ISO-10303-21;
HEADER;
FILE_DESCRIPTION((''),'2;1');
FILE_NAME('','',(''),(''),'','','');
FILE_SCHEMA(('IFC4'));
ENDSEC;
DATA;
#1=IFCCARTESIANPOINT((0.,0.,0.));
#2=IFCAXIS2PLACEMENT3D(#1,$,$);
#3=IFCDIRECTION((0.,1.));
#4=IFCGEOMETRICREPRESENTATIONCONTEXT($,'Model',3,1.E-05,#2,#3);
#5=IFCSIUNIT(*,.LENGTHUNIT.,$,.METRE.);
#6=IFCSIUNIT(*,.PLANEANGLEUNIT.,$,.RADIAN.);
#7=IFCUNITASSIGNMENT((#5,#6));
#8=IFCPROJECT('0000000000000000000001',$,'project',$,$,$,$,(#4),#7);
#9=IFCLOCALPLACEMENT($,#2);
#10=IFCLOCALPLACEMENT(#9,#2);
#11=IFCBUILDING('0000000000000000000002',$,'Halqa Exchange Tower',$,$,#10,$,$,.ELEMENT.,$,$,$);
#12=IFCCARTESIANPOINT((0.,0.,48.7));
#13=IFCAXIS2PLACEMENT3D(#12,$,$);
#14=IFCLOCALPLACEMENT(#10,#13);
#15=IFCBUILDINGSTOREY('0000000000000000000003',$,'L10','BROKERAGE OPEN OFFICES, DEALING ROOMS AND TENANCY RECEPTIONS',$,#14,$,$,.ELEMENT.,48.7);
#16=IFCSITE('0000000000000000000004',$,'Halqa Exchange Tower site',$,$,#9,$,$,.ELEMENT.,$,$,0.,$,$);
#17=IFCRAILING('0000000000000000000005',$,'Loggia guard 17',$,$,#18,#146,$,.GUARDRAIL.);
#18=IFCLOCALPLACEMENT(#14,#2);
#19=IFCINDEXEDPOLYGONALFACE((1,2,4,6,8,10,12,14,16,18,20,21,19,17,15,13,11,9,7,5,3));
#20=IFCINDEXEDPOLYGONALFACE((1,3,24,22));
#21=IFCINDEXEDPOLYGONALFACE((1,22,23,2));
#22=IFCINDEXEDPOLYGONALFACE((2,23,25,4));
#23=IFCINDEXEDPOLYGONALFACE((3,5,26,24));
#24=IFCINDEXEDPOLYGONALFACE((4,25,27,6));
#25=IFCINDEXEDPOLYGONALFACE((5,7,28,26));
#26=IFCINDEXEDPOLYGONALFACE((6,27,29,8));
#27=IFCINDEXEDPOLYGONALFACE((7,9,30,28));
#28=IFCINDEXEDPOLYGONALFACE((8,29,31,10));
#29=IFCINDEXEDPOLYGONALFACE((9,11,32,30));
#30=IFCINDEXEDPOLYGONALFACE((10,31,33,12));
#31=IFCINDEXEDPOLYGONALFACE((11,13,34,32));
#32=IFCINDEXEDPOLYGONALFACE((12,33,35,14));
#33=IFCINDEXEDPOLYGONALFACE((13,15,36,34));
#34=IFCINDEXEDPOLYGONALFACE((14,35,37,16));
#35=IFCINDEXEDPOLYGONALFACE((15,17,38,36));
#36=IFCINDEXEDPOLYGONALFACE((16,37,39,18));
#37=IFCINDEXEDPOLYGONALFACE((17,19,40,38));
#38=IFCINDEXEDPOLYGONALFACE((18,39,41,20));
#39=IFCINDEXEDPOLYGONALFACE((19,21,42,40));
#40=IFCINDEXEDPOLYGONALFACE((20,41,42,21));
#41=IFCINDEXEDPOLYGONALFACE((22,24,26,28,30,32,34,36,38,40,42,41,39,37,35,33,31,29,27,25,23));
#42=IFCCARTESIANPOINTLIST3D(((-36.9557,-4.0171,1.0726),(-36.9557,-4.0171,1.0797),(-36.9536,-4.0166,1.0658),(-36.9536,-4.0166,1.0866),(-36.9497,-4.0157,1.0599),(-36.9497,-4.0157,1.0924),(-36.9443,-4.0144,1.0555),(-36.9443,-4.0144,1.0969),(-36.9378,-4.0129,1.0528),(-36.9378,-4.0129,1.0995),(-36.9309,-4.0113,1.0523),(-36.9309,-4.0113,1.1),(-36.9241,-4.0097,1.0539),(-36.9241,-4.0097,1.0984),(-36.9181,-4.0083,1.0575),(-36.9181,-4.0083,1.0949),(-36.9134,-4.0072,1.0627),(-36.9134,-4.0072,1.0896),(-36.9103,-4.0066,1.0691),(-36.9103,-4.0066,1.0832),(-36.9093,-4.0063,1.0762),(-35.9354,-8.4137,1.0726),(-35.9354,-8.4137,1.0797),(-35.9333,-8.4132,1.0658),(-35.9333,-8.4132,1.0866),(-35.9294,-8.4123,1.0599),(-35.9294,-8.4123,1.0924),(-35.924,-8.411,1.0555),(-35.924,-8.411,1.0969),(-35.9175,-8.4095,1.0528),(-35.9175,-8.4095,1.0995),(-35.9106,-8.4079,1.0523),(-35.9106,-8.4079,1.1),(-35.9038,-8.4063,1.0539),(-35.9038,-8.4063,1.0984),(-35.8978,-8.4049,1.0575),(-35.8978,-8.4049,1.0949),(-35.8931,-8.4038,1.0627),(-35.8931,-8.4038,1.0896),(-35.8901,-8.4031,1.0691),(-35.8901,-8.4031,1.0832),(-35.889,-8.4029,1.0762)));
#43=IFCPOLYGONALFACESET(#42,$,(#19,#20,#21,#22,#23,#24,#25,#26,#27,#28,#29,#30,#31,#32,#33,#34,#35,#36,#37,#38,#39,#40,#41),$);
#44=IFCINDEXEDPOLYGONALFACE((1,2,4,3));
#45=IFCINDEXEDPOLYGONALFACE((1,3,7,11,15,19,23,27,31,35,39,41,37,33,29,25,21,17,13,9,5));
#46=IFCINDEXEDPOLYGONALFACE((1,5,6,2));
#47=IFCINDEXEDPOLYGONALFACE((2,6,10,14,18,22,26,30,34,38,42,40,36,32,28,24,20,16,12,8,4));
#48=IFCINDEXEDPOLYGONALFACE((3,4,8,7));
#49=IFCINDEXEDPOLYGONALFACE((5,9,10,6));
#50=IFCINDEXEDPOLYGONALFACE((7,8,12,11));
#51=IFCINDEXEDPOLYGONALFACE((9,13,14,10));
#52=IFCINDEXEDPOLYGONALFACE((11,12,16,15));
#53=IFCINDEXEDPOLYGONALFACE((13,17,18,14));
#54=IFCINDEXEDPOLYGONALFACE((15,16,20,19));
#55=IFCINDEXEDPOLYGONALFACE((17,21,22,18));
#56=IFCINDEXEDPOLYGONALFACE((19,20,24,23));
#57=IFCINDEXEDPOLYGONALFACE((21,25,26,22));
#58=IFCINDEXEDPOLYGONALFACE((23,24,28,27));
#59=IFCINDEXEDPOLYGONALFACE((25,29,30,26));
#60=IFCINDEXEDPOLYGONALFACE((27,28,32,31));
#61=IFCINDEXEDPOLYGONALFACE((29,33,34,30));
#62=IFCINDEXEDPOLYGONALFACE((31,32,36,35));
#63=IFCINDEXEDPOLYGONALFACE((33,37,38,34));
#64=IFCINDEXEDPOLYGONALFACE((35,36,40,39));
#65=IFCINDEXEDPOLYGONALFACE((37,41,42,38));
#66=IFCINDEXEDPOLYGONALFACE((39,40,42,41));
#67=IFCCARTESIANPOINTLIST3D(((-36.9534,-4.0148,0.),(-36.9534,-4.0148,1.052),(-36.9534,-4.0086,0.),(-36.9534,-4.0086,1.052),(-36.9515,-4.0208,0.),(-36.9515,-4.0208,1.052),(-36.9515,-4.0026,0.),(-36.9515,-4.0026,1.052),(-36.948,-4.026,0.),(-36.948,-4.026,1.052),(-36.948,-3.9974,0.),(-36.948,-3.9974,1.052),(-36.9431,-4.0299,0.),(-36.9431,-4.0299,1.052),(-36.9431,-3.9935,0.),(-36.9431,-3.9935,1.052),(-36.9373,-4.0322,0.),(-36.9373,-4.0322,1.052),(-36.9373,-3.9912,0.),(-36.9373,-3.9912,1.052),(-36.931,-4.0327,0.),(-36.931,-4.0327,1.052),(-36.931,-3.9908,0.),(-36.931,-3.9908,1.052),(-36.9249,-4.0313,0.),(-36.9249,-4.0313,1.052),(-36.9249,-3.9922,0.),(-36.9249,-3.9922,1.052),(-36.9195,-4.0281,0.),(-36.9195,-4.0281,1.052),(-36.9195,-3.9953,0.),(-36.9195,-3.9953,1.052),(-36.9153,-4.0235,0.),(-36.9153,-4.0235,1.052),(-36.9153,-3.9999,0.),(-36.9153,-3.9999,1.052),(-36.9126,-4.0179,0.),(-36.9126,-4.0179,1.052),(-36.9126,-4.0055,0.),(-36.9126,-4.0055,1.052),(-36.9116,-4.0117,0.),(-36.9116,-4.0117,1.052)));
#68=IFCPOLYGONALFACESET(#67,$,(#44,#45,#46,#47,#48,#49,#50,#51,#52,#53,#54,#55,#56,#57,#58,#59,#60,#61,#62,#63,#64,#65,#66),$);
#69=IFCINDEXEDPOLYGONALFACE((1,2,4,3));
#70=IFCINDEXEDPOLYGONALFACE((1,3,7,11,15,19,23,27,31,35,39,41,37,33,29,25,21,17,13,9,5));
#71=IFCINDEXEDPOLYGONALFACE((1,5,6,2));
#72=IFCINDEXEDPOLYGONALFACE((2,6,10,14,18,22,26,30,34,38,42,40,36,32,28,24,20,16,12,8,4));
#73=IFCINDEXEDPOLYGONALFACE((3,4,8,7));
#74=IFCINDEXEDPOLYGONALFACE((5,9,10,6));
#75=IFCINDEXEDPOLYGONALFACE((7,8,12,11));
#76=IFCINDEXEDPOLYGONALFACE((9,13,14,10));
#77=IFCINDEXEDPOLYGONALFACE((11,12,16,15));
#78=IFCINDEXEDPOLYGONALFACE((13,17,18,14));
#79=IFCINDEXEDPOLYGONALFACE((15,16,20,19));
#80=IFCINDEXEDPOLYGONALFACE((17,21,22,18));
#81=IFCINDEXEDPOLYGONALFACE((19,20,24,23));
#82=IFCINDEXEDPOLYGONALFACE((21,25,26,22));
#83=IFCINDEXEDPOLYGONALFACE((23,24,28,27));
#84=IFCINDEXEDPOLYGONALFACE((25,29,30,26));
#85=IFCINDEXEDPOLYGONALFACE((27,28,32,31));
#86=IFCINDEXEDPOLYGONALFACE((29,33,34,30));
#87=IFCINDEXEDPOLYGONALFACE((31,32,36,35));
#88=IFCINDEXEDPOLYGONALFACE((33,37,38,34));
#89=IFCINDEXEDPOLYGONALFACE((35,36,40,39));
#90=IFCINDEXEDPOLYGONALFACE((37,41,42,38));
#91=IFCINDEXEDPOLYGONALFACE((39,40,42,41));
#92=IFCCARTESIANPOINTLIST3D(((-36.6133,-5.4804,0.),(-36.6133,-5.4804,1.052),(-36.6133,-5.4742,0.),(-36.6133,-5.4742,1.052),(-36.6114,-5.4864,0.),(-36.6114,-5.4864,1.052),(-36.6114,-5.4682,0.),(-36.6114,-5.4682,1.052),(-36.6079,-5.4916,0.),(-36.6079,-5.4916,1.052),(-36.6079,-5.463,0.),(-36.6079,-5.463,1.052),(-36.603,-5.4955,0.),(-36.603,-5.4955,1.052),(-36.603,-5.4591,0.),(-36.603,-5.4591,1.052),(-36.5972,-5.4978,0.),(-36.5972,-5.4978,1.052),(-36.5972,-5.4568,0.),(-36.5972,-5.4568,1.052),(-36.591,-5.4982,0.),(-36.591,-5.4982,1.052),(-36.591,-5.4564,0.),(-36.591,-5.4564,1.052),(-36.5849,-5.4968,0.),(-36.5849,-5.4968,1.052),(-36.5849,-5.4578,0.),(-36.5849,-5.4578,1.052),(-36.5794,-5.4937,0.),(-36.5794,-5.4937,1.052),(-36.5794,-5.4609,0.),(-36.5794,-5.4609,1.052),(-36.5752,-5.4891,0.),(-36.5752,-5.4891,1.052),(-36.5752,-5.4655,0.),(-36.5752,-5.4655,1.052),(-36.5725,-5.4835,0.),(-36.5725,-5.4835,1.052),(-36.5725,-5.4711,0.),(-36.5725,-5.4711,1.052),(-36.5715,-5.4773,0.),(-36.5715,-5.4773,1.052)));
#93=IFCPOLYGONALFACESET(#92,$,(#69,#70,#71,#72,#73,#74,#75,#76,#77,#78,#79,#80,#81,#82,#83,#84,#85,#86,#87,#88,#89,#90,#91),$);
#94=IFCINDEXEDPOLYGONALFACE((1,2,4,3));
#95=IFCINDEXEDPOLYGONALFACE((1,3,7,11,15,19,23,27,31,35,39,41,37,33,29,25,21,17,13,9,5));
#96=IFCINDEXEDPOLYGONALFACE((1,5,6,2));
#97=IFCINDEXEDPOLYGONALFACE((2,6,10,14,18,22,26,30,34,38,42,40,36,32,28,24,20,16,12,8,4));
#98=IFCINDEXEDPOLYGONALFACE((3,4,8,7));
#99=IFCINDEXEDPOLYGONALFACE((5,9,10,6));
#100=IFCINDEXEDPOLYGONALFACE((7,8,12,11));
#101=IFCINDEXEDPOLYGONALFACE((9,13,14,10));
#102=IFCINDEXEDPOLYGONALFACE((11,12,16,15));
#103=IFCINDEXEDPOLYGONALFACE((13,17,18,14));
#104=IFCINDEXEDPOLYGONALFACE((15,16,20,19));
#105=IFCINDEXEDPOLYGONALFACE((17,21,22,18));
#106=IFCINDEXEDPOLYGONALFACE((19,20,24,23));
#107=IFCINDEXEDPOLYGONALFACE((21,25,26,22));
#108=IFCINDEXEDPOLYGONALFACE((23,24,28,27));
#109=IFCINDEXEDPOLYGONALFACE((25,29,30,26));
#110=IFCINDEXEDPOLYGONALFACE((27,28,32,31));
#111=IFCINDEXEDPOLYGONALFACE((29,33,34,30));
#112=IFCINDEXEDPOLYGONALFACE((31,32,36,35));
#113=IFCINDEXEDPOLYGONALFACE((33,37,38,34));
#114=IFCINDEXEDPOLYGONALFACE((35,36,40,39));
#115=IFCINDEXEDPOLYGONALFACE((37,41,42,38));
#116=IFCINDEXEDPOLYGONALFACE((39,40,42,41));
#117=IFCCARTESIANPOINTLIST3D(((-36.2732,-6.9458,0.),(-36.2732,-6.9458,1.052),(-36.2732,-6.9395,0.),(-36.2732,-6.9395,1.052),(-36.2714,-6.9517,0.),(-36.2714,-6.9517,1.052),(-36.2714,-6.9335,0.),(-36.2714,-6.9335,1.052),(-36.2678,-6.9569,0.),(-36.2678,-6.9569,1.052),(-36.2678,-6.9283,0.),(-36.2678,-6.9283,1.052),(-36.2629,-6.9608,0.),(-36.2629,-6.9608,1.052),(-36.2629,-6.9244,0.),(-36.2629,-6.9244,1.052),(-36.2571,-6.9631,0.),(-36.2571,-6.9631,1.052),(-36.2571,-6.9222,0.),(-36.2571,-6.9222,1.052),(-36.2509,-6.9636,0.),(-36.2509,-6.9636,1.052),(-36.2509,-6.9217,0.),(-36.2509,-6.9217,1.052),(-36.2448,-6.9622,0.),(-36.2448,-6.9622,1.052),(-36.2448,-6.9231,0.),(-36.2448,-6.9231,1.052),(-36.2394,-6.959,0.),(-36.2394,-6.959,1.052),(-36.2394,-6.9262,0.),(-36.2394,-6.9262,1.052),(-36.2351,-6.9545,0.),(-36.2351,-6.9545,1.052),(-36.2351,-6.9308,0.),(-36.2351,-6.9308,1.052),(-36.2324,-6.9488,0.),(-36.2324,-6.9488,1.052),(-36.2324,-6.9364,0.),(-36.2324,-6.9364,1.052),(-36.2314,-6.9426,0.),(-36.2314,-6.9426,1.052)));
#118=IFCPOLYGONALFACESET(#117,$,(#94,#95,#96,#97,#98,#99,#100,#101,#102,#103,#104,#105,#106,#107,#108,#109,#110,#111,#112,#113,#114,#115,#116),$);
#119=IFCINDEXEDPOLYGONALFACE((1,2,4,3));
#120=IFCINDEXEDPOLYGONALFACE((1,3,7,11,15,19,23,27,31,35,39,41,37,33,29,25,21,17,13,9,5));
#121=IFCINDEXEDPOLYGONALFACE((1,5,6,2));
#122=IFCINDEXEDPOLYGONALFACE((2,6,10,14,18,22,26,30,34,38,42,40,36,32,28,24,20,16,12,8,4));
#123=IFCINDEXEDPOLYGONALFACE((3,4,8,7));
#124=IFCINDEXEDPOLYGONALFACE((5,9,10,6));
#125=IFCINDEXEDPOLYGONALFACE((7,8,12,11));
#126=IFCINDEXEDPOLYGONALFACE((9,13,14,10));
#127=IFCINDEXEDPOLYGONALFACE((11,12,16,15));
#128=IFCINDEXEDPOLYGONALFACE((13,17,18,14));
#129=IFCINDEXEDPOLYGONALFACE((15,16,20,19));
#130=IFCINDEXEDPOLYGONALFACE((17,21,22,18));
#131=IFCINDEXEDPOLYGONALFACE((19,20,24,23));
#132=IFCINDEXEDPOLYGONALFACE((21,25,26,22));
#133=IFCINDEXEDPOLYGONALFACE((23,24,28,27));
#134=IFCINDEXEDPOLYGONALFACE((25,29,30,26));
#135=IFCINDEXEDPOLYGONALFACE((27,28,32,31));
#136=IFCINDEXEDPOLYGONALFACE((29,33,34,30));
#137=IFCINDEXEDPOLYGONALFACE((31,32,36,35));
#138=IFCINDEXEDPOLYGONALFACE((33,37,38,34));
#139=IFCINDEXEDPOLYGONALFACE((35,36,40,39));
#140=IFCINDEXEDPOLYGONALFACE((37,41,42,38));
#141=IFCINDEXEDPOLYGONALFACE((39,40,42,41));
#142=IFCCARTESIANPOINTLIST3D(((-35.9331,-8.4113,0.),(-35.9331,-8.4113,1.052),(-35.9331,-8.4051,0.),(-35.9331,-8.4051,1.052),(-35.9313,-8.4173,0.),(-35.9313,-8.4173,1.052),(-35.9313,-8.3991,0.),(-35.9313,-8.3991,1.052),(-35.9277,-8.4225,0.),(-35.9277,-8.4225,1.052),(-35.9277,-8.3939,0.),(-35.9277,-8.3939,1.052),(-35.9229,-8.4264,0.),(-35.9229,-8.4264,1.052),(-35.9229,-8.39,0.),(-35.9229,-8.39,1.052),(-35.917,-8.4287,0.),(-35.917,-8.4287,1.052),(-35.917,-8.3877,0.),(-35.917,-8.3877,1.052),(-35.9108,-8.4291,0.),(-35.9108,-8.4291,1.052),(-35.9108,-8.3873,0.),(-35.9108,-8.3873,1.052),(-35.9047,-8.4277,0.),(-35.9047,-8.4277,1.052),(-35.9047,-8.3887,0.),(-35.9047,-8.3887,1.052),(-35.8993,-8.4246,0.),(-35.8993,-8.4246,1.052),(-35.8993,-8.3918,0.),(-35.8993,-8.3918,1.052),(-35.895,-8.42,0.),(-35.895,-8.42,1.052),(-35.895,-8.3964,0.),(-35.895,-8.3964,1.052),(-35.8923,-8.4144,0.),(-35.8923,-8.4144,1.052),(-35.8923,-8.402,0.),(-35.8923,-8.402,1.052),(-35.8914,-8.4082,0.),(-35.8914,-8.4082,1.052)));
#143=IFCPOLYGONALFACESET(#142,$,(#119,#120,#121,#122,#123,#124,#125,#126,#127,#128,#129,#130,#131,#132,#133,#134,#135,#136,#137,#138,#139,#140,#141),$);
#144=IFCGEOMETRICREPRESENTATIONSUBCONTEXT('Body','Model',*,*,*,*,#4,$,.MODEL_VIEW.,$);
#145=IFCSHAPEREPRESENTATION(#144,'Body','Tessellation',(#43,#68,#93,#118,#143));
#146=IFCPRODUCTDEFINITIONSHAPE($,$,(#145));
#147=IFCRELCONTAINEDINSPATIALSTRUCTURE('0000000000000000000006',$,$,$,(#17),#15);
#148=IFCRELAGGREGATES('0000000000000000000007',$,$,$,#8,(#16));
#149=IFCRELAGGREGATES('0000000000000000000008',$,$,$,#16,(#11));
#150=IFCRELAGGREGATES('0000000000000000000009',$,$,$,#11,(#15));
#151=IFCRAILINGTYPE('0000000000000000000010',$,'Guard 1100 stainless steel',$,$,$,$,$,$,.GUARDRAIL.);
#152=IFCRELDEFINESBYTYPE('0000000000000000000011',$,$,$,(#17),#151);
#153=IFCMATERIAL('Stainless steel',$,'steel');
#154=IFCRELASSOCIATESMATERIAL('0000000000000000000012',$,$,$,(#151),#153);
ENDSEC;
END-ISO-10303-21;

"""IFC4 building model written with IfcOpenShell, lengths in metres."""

from ifc_helpers import new_model, si_unit, direction, frame, origin, origin_2d, place, context, subcontext, project, spatial, circle, extrude, material, type_object, element, save


model = new_model("IFC4")

# Units and contexts
model_context = context("Model", 3, precision=1e-05, world=origin(), true_north=direction((0.0, 1.0)))
body_context = subcontext(model_context, "Body", "Model", "MODEL_VIEW")
ifc_project = project(units=[si_unit("LENGTHUNIT", "METRE"), si_unit("PLANEANGLEUNIT", "RADIAN")], contexts=[model_context])

# Site, building, storey
site_placement = place(None, origin())
site = spatial("IfcSite", under=ifc_project, at=site_placement, Name="Halqa Exchange Tower site", CompositionType="ELEMENT", RefElevation=0.0)
building_placement = place(site_placement, origin())
building = spatial("IfcBuilding", under=site, at=building_placement, Name="Halqa Exchange Tower", CompositionType="ELEMENT")
storey_placement = place(building_placement, frame((0.0, 0.0, 48.7)))
storey = spatial("IfcBuildingStorey", under=building, at=storey_placement, Name="L10", Description="BROKERAGE OPEN OFFICES, DEALING ROOMS AND TENANCY RECEPTIONS", CompositionType="ELEMENT", Elevation=48.7)

# Railing
ifc_material_1 = material(Name="Stainless steel", Category="steel")
railing_type = type_object("IfcRailingType", Name="Guard 1100 stainless steel", PredefinedType="GUARDRAIL", material=ifc_material_1)
railing_1_placement = place(storey_placement, frame((-36.9326, -4.0117, 0.0)))
element("IfcRailing", 1, at=railing_1_placement, inside=storey, type_object=railing_type, Name="Loggia guard 17", PredefinedType="GUARDRAIL", context=body_context, shape_type="SweptSolid", body=[
    extrude(circle(Radius=0.0239, at=origin_2d()), frame((0.0, 0.0, 1.0762), z_axis=(0.226056, -0.974114, 0.0), x_axis=(0.974114, 0.226056, 0.0)), (0.0, 0.0, 1.0), 4.5134),
    extrude(circle(Radius=0.021, at=origin_2d()), origin(), (0.0, 0.0, 1.0), 1.052),
    extrude(circle(Radius=0.021, at=origin_2d()), frame((0.3401, -1.4656, 0.0)), (0.0, 0.0, 1.0), 1.052),
    extrude(circle(Radius=0.021, at=origin_2d()), frame((0.6802, -2.9309, 0.0)), (0.0, 0.0, 1.0), 1.052),
    extrude(circle(Radius=0.021, at=origin_2d()), frame((1.0203, -4.3965, 0.0)), (0.0, 0.0, 1.0), 1.052),
])

save(model, "model.ifc")
